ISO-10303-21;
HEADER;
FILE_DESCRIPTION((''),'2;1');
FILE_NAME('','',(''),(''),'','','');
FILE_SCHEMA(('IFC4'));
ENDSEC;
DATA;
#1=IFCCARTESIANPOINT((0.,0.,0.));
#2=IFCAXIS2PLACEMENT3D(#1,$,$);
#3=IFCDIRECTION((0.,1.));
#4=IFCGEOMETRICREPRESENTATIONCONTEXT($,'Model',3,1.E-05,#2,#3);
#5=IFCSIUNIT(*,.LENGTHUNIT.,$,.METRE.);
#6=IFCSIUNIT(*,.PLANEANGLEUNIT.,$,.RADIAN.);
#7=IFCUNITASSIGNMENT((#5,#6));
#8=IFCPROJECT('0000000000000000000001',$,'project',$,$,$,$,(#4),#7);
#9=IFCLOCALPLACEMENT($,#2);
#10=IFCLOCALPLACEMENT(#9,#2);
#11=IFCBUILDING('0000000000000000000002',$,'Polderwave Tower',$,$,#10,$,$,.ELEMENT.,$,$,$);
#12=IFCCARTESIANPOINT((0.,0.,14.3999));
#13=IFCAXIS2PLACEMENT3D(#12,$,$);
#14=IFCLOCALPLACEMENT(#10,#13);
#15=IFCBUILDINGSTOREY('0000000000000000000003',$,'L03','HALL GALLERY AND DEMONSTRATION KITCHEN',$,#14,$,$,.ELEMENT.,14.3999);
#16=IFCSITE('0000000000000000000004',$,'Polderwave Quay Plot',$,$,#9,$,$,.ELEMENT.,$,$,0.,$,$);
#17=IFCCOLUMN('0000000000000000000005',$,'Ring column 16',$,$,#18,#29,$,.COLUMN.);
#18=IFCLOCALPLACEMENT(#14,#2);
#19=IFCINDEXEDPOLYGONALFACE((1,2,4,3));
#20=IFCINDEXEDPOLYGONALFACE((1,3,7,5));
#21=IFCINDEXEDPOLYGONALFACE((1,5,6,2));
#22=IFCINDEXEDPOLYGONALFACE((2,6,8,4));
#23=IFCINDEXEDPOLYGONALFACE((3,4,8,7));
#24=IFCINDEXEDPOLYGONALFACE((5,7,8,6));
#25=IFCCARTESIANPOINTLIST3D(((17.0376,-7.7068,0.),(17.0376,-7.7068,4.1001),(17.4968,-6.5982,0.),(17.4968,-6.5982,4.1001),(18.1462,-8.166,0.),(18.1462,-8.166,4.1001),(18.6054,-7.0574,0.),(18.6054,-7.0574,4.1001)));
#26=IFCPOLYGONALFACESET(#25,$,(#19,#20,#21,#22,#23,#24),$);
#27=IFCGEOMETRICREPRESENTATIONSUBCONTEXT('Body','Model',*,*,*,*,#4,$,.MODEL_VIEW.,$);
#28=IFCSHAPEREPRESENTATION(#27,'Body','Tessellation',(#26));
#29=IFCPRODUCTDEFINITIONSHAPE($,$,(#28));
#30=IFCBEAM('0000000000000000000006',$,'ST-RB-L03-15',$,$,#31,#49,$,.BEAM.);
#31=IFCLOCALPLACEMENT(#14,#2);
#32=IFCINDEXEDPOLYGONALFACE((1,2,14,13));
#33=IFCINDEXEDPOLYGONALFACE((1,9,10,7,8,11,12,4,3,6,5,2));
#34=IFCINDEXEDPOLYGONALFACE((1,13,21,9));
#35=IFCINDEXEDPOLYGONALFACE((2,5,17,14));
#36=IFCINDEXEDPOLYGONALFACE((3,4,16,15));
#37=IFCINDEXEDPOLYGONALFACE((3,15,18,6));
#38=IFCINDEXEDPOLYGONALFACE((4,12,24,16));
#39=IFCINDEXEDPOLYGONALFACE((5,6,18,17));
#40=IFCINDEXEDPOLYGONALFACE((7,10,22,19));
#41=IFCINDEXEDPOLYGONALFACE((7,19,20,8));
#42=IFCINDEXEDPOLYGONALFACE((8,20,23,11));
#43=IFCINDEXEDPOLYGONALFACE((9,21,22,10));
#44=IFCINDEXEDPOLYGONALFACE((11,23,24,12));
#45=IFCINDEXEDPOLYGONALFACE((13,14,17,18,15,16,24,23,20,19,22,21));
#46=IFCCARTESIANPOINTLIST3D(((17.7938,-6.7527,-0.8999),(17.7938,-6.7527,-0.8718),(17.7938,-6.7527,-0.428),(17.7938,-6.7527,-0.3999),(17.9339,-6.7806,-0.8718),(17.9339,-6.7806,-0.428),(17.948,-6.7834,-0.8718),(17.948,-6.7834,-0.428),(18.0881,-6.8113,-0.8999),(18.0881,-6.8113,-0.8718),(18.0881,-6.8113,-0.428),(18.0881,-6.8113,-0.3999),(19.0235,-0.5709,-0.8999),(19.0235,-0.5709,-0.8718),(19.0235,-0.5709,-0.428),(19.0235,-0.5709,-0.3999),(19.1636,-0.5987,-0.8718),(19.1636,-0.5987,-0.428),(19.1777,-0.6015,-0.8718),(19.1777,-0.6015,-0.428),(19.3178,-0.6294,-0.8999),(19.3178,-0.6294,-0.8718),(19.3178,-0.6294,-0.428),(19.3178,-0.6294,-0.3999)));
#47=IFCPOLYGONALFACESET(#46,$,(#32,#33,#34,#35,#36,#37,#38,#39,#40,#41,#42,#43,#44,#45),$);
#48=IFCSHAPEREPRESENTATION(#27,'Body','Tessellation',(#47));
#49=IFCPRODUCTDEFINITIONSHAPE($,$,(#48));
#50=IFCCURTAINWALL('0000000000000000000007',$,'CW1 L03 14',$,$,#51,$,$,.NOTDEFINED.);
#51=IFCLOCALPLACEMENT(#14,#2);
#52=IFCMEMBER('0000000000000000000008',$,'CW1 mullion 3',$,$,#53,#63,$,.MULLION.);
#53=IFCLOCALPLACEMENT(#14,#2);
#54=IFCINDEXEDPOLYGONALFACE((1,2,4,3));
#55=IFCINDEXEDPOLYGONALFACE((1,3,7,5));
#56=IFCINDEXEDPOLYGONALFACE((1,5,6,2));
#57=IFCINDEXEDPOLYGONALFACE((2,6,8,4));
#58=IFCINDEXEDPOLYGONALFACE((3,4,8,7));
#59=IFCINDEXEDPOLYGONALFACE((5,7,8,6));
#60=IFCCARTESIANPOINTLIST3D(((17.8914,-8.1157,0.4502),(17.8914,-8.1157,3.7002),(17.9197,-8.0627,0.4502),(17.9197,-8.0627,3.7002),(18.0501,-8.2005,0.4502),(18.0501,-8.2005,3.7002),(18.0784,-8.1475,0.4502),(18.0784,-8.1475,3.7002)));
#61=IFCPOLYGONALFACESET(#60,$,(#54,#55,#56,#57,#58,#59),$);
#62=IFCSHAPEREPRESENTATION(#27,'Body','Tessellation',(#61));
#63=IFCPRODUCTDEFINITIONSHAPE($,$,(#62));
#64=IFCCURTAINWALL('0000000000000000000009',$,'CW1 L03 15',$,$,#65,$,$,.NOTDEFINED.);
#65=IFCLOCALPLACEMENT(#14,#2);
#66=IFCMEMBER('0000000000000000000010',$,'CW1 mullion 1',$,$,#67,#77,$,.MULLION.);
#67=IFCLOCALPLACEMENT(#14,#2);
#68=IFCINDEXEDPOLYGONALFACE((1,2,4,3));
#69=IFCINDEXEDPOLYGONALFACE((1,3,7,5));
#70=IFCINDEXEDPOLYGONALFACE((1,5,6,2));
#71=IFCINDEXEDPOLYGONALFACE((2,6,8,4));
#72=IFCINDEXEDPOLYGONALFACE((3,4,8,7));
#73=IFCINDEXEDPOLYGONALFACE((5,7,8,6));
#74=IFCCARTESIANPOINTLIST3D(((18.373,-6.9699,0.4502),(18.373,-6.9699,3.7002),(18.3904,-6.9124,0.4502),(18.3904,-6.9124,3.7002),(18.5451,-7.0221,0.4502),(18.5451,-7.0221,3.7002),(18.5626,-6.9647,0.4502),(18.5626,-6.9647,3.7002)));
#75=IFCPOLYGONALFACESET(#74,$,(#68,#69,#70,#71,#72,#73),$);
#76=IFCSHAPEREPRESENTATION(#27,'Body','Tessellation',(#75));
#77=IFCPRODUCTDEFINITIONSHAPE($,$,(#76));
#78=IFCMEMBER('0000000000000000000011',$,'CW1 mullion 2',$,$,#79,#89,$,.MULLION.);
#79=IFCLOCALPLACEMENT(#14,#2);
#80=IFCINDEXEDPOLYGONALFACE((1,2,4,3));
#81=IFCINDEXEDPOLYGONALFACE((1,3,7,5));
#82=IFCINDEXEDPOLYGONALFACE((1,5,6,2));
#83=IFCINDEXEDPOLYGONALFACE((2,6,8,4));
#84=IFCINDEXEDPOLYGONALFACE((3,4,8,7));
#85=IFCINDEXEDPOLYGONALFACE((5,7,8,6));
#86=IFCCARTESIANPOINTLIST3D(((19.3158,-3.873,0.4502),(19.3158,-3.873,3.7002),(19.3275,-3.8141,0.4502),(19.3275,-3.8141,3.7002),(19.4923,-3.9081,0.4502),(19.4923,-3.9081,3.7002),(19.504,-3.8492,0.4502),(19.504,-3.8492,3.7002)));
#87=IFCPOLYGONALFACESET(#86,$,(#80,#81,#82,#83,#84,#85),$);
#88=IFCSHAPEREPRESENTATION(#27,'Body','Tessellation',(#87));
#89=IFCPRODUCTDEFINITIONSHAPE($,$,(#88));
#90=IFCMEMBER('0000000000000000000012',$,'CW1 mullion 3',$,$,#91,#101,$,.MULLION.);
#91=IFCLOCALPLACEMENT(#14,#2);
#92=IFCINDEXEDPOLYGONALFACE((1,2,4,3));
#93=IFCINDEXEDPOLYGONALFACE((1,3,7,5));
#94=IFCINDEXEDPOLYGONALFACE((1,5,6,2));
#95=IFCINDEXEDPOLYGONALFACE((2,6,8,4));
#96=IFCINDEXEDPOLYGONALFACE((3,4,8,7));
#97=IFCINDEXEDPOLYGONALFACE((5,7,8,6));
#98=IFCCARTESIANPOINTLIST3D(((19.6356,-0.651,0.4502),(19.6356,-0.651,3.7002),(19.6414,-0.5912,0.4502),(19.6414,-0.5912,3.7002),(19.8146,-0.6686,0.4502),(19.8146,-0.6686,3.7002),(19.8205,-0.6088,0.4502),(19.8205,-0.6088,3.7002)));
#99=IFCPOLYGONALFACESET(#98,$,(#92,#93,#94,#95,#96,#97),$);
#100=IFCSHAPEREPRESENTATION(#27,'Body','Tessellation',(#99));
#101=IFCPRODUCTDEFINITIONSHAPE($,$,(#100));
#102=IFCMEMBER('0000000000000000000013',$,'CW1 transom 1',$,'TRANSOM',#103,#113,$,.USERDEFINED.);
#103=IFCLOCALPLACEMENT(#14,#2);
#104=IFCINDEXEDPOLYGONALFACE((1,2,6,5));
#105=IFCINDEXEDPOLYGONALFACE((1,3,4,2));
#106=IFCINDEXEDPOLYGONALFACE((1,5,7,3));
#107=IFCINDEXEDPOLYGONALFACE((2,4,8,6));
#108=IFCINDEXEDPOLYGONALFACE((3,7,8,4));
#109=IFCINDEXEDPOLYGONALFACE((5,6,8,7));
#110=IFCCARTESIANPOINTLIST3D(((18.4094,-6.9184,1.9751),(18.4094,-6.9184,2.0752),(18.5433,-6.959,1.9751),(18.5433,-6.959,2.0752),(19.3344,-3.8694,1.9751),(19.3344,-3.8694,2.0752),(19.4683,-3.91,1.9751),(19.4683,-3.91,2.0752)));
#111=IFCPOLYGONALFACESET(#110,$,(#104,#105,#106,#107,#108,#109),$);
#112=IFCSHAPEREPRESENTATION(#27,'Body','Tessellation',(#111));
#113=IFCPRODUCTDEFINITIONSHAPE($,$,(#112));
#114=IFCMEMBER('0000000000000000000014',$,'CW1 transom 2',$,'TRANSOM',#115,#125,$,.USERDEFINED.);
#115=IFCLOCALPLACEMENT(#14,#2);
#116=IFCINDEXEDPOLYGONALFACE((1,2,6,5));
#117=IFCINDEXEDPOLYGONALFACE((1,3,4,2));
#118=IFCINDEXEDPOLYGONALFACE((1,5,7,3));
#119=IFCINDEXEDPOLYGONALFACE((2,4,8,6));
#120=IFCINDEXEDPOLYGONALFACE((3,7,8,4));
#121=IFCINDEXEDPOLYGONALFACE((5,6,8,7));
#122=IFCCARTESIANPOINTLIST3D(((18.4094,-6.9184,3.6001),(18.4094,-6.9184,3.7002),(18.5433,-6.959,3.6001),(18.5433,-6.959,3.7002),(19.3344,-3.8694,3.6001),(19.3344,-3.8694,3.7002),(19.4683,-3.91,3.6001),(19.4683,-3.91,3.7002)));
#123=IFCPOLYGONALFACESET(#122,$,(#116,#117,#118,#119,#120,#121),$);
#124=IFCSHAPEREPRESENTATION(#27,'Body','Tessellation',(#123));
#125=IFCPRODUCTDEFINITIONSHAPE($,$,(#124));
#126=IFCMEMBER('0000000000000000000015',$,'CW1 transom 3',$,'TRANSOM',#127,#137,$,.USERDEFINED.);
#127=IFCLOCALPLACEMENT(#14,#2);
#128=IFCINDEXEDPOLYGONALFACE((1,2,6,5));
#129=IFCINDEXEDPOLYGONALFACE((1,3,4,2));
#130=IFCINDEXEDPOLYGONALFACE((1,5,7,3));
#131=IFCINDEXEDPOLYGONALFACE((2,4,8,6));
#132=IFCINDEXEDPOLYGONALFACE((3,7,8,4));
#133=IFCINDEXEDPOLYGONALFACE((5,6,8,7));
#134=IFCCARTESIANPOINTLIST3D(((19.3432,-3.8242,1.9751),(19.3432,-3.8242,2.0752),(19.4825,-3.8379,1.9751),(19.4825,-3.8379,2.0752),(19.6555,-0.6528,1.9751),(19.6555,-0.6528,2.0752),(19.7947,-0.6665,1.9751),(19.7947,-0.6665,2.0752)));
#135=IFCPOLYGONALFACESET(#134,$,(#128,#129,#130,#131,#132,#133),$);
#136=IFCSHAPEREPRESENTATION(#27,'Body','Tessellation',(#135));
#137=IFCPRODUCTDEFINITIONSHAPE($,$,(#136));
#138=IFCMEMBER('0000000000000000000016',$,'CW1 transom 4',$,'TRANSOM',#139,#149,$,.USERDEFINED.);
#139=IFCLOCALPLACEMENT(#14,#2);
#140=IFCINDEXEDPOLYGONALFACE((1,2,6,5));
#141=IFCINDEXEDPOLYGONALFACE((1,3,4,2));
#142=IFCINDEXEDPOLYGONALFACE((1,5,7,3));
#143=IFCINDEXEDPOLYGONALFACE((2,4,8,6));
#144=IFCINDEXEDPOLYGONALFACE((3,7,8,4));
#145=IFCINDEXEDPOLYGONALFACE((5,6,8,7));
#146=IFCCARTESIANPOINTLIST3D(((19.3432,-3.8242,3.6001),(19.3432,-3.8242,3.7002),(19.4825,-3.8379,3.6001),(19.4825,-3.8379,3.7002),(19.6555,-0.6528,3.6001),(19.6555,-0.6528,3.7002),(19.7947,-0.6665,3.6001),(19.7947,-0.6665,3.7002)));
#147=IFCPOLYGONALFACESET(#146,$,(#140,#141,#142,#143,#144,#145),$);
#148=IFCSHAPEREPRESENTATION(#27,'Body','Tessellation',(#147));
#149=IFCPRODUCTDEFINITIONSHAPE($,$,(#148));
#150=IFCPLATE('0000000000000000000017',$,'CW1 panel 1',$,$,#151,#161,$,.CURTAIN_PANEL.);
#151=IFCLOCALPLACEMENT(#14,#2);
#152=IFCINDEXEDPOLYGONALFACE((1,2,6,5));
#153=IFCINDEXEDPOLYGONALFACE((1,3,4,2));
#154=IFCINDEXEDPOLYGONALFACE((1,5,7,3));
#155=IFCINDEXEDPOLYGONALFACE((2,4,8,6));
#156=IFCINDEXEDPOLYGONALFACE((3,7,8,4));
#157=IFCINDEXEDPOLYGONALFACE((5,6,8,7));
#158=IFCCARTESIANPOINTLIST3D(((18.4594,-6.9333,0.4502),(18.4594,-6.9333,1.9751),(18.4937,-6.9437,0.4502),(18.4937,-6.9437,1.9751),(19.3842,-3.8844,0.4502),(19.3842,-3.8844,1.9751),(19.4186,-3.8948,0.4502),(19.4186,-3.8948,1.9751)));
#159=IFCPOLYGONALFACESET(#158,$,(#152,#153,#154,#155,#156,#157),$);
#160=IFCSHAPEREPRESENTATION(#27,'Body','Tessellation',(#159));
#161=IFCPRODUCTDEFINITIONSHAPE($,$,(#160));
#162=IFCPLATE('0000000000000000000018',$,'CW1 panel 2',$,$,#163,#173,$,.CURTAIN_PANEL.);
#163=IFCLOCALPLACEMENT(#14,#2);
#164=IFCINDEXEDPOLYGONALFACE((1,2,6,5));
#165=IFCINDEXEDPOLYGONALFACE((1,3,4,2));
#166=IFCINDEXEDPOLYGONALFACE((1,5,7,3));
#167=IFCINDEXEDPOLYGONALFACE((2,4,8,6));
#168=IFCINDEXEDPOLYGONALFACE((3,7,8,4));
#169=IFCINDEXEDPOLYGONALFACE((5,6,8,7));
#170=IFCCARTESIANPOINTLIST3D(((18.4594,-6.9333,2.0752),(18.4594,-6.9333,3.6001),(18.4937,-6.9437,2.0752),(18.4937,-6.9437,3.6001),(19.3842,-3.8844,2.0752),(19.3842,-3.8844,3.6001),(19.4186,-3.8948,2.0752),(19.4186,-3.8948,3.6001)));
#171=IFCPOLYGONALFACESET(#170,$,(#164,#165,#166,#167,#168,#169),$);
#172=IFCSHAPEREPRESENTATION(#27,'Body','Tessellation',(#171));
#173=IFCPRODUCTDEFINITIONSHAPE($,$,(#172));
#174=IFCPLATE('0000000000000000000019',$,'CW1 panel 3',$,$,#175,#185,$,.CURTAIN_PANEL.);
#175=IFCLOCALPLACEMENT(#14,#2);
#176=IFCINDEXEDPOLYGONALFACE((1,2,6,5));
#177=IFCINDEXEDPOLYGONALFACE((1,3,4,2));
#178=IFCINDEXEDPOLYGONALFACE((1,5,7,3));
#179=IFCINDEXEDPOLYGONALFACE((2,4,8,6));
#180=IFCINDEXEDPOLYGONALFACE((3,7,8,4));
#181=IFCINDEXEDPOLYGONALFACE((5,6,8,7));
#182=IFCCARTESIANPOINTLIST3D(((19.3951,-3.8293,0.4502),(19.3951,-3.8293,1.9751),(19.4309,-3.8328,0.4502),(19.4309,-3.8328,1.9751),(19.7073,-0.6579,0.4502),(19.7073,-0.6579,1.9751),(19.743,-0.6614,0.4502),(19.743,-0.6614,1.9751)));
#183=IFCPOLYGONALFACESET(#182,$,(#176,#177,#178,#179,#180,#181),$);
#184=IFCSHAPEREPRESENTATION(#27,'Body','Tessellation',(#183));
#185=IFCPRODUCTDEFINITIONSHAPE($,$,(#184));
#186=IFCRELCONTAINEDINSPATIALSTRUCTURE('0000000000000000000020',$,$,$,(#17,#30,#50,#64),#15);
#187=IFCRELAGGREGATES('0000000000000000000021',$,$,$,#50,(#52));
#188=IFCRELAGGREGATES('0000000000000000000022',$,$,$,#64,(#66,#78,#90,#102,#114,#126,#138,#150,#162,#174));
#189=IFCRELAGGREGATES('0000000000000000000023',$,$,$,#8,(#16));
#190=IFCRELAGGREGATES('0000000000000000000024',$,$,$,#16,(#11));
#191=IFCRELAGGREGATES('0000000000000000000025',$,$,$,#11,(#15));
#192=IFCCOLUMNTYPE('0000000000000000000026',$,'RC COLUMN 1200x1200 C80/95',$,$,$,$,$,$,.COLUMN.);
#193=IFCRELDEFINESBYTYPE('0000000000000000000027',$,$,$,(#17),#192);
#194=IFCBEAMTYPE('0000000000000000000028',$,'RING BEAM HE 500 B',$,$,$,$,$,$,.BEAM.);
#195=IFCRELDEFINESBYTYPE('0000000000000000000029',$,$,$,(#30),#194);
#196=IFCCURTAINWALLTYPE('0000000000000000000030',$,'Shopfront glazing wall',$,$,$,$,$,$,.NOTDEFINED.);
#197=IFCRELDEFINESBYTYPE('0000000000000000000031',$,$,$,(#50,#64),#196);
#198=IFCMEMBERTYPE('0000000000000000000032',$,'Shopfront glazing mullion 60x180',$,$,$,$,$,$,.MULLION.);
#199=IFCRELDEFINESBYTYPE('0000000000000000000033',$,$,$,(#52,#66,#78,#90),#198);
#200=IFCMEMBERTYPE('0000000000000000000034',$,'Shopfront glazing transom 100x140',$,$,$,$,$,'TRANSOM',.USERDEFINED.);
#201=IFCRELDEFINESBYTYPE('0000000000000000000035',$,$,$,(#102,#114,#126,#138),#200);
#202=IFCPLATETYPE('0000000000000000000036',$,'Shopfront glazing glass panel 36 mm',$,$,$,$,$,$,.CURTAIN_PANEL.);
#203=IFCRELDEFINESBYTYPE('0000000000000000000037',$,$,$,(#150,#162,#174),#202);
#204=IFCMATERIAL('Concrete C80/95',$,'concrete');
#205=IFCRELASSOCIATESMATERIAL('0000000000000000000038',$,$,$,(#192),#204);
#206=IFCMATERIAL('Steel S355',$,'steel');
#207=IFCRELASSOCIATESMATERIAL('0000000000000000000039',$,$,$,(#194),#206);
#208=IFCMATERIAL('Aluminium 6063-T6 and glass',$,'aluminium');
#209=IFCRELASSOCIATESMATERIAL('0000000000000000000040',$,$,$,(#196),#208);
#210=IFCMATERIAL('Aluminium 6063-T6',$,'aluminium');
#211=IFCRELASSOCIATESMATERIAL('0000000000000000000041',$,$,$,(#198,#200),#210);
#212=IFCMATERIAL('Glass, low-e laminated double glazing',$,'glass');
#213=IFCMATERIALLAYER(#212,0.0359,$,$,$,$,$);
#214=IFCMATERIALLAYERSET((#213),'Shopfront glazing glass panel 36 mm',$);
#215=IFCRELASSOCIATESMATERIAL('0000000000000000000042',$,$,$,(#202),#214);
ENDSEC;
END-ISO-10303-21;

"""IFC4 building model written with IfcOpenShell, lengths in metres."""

from ifc_helpers import new_model, si_unit, direction, frame, origin, origin_2d, place, context, subcontext, project, spatial, rectangle, i_section, extrude, material, layer, layer_set, material_profile, profile_set, type_object, element, aggregate, save


model = new_model("IFC4")

# Units and contexts
model_context = context("Model", 3, precision=1e-05, world=origin(), true_north=direction((0.0, 1.0)))
body_context = subcontext(model_context, "Body", "Model", "MODEL_VIEW")
ifc_project = project(units=[si_unit("LENGTHUNIT", "METRE"), si_unit("PLANEANGLEUNIT", "RADIAN")], contexts=[model_context])

# Site, building, storey
site_placement = place(None, origin())
site = spatial("IfcSite", under=ifc_project, at=site_placement, Name="Polderwave Quay Plot", CompositionType="ELEMENT", RefElevation=0.0)
building_placement = place(site_placement, origin())
building = spatial("IfcBuilding", under=site, at=building_placement, Name="Polderwave Tower", CompositionType="ELEMENT")
storey_placement = place(building_placement, frame((0.0, 0.0, 14.3999)))
storey = spatial("IfcBuildingStorey", under=building, at=storey_placement, Name="L03", Description="HALL GALLERY AND DEMONSTRATION KITCHEN", CompositionType="ELEMENT", Elevation=14.3999)

# Column
ifc_material_1 = material(Name="Concrete C80/95", Category="concrete")
ifc_material_profile_1 = material_profile(ifc_material_1, rectangle(XDim=1.2, YDim=1.2, at=origin_2d()), Name="RC 1200x1200")
ifc_profile_set_1 = profile_set([ifc_material_profile_1], Name="Concrete C80/95")
column_type = type_object("IfcColumnType", Name="RC COLUMN 1200x1200 C80/95", PredefinedType="COLUMN", material=ifc_profile_set_1)
column_placement = place(storey_placement, frame((17.8215, -7.3821, 0.0), z_axis=(0.0, 0.0, 1.0), x_axis=(0.92388, -0.382683, 0.0)))
element("IfcColumn", 1, at=column_placement, inside=storey, type_object=column_type, Name="Ring column 16", PredefinedType="COLUMN", context=body_context, shape_type="SweptSolid", body=[
    extrude(rectangle(XDim=1.2, YDim=1.2, at=origin_2d()), origin(), (0.0, 0.0, 1.0), 4.1001),
])

# Beam
ifc_material_2 = material(Name="Steel S355", Category="steel")
ifc_material_profile_2 = material_profile(ifc_material_2, i_section(OverallWidth=0.3, OverallDepth=0.5, WebThickness=0.0144, FlangeThickness=0.0281, at=origin_2d()), Name="HE 500 B")
ifc_profile_set_2 = profile_set([ifc_material_profile_2], Name="Steel S355")
beam_type = type_object("IfcBeamType", Name="RING BEAM HE 500 B", PredefinedType="BEAM", material=ifc_profile_set_2)
beam_placement = place(storey_placement, frame((17.9409, -6.782, -0.6499), z_axis=(0.195103, 0.980783, 0.0), x_axis=(-0.980783, 0.195103, 0.0)))
element("IfcBeam", 2, at=beam_placement, inside=storey, type_object=beam_type, Name="ST-RB-L03-15", PredefinedType="BEAM", context=body_context, shape_type="SweptSolid", body=[
    extrude(i_section(OverallWidth=0.3, OverallDepth=0.5, WebThickness=0.0144, FlangeThickness=0.0281, at=origin_2d()), origin(), (0.0, 0.0, 1.0), 6.303),
])

# Curtain wall, member
ifc_material_3 = material(Name="Aluminium 6063-T6 and glass", Category="aluminium")
curtain_wall_type = type_object("IfcCurtainWallType", Name="Shopfront glazing wall", PredefinedType="NOTDEFINED", material=ifc_material_3)
curtain_wall_1_placement = place(storey_placement, origin())
curtain_wall_1 = element("IfcCurtainWall", 3, at=curtain_wall_1_placement, inside=storey, type_object=curtain_wall_type, Name="CW1 L03 14", PredefinedType="NOTDEFINED")
ifc_material_4 = material(Name="Aluminium 6063-T6", Category="aluminium")
ifc_material_profile_3 = material_profile(ifc_material_4, rectangle(XDim=0.1799, YDim=0.0601, at=origin_2d()), Name="AL 60x180")
ifc_profile_set_3 = profile_set([ifc_material_profile_3], Name="Aluminium 6063-T6")
member_type_1 = type_object("IfcMemberType", Name="Shopfront glazing mullion 60x180", PredefinedType="MULLION", material=ifc_profile_set_3)
member_1_placement = place(storey_placement, frame((17.9849, -8.1316, 0.4502), z_axis=(0.0, 0.0, 1.0), x_axis=(-0.882015, 0.471221, 0.0)))
member_1 = element("IfcMember", 4, at=member_1_placement, type_object=member_type_1, Name="CW1 mullion 3", PredefinedType="MULLION", context=body_context, shape_type="SweptSolid", body=[
    extrude(rectangle(XDim=0.1799, YDim=0.0601, at=origin_2d()), origin(), (0.0, 0.0, 1.0), 3.25),
])
aggregate(curtain_wall_1, [member_1])

# Curtain wall, members, plates
curtain_wall_2_placement = place(storey_placement, origin())
curtain_wall_2 = element("IfcCurtainWall", 5, at=curtain_wall_2_placement, inside=storey, type_object=curtain_wall_type, Name="CW1 L03 15", PredefinedType="NOTDEFINED")
member_2_placement = place(storey_placement, frame((18.4678, -6.9673, 0.4502), z_axis=(0.0, 0.0, 1.0), x_axis=(-0.95694, 0.290286, 0.0)))
member_2 = element("IfcMember", 6, at=member_2_placement, type_object=member_type_1, Name="CW1 mullion 1", PredefinedType="MULLION", context=body_context, shape_type="SweptSolid", body=[
    extrude(rectangle(XDim=0.1799, YDim=0.0601, at=origin_2d()), origin(), (0.0, 0.0, 1.0), 3.25),
])
member_3_placement = place(storey_placement, frame((19.4099, -3.8611, 0.4502), z_axis=(0.0, 0.0, 1.0), x_axis=(-0.98079, 0.195065, 0.0)))
member_3 = element("IfcMember", 7, at=member_3_placement, type_object=member_type_1, Name="CW1 mullion 2", PredefinedType="MULLION", context=body_context, shape_type="SweptSolid", body=[
    extrude(rectangle(XDim=0.1799, YDim=0.0601, at=origin_2d()), origin(), (0.0, 0.0, 1.0), 3.25),
])
member_4_placement = place(storey_placement, frame((19.728, -0.6299, 0.4502), z_axis=(0.0, 0.0, 1.0), x_axis=(-0.99519, 0.097963, 0.0)))
member_4 = element("IfcMember", 8, at=member_4_placement, type_object=member_type_1, Name="CW1 mullion 3", PredefinedType="MULLION", context=body_context, shape_type="SweptSolid", body=[
    extrude(rectangle(XDim=0.1799, YDim=0.0601, at=origin_2d()), origin(), (0.0, 0.0, 1.0), 3.25),
])
ifc_material_profile_4 = material_profile(ifc_material_4, rectangle(XDim=0.1399, YDim=0.1001, at=origin_2d()), Name="AL 100x140")
ifc_profile_set_4 = profile_set([ifc_material_profile_4], Name="Aluminium 6063-T6")
member_type_2 = type_object("IfcMemberType", Name="Shopfront glazing transom 100x140", ElementType="TRANSOM", PredefinedType="USERDEFINED", material=ifc_profile_set_4)
member_5_placement = place(storey_placement, frame((18.4763, -6.9387, 2.0251), z_axis=(0.29032, 0.95693, 0.0), x_axis=(-0.95693, 0.29032, 0.0)))
member_5 = element("IfcMember", 9, at=member_5_placement, type_object=member_type_2, Name="CW1 transom 1", ObjectType="TRANSOM", PredefinedType="USERDEFINED", context=body_context, shape_type="SweptSolid", body=[
    extrude(rectangle(XDim=0.1399, YDim=0.1001, at=origin_2d()), origin(), (0.0, 0.0, 1.0), 3.1863),
])
member_6_placement = place(storey_placement, frame((18.4763, -6.9387, 3.6501), z_axis=(0.29032, 0.95693, 0.0), x_axis=(-0.95693, 0.29032, 0.0)))
member_6 = element("IfcMember", 10, at=member_6_placement, type_object=member_type_2, Name="CW1 transom 2", ObjectType="TRANSOM", PredefinedType="USERDEFINED", context=body_context, shape_type="SweptSolid", body=[
    extrude(rectangle(XDim=0.1399, YDim=0.1001, at=origin_2d()), origin(), (0.0, 0.0, 1.0), 3.1863),
])
member_7_placement = place(storey_placement, frame((19.4128, -3.8311, 2.0251), z_axis=(0.097987, 0.995188, 0.0), x_axis=(-0.995188, 0.097987, 0.0)))
member_7 = element("IfcMember", 11, at=member_7_placement, type_object=member_type_2, Name="CW1 transom 3", ObjectType="TRANSOM", PredefinedType="USERDEFINED", context=body_context, shape_type="SweptSolid", body=[
    extrude(rectangle(XDim=0.1399, YDim=0.1001, at=origin_2d()), origin(), (0.0, 0.0, 1.0), 3.1868),
])
member_8_placement = place(storey_placement, frame((19.4128, -3.8311, 3.6501), z_axis=(0.097987, 0.995188, 0.0), x_axis=(-0.995188, 0.097987, 0.0)))
member_8 = element("IfcMember", 12, at=member_8_placement, type_object=member_type_2, Name="CW1 transom 4", ObjectType="TRANSOM", PredefinedType="USERDEFINED", context=body_context, shape_type="SweptSolid", body=[
    extrude(rectangle(XDim=0.1399, YDim=0.1001, at=origin_2d()), origin(), (0.0, 0.0, 1.0), 3.1868),
])
ifc_material_5 = material(Name="Glass, low-e laminated double glazing", Category="glass")
ifc_layer_1 = layer(ifc_material_5, 0.0359)
ifc_layer_set_1 = layer_set([ifc_layer_1], Name="Shopfront glazing glass panel 36 mm")
plate_type = type_object("IfcPlateType", Name="Shopfront glazing glass panel 36 mm", PredefinedType="CURTAIN_PANEL", material=ifc_layer_set_1)
plate_1_placement = place(storey_placement, frame((18.939, -5.4141, 0.4502), z_axis=(0.0, 0.0, 1.0), x_axis=(0.290286, 0.95694, 0.0)))
plate_1 = element("IfcPlate", 13, at=plate_1_placement, type_object=plate_type, Name="CW1 panel 1", PredefinedType="CURTAIN_PANEL", context=body_context, shape_type="SweptSolid", body=[
    extrude(rectangle(XDim=3.186, YDim=0.0359, at=origin_2d()), origin(), (0.0, 0.0, 1.0), 1.5249),
])
plate_2_placement = place(storey_placement, frame((18.939, -5.4141, 2.0752), z_axis=(0.0, 0.0, 1.0), x_axis=(0.290286, 0.95694, 0.0)))
plate_2 = element("IfcPlate", 14, at=plate_2_placement, type_object=plate_type, Name="CW1 panel 2", PredefinedType="CURTAIN_PANEL", context=body_context, shape_type="SweptSolid", body=[
    extrude(rectangle(XDim=3.186, YDim=0.0359, at=origin_2d()), origin(), (0.0, 0.0, 1.0), 1.5249),
])
plate_3_placement = place(storey_placement, frame((19.5691, -2.2454, 0.4502), z_axis=(0.0, 0.0, 1.0), x_axis=(0.097963, 0.99519, 0.0)))
plate_3 = element("IfcPlate", 15, at=plate_3_placement, type_object=plate_type, Name="CW1 panel 3", PredefinedType="CURTAIN_PANEL", context=body_context, shape_type="SweptSolid", body=[
    extrude(rectangle(XDim=3.1868, YDim=0.0359, at=origin_2d()), origin(), (0.0, 0.0, 1.0), 1.5249),
])
aggregate(curtain_wall_2, [member_2, member_3, member_4, member_5, member_6, member_7, member_8, plate_1, plate_2, plate_3])

save(model, "model.ifc")
